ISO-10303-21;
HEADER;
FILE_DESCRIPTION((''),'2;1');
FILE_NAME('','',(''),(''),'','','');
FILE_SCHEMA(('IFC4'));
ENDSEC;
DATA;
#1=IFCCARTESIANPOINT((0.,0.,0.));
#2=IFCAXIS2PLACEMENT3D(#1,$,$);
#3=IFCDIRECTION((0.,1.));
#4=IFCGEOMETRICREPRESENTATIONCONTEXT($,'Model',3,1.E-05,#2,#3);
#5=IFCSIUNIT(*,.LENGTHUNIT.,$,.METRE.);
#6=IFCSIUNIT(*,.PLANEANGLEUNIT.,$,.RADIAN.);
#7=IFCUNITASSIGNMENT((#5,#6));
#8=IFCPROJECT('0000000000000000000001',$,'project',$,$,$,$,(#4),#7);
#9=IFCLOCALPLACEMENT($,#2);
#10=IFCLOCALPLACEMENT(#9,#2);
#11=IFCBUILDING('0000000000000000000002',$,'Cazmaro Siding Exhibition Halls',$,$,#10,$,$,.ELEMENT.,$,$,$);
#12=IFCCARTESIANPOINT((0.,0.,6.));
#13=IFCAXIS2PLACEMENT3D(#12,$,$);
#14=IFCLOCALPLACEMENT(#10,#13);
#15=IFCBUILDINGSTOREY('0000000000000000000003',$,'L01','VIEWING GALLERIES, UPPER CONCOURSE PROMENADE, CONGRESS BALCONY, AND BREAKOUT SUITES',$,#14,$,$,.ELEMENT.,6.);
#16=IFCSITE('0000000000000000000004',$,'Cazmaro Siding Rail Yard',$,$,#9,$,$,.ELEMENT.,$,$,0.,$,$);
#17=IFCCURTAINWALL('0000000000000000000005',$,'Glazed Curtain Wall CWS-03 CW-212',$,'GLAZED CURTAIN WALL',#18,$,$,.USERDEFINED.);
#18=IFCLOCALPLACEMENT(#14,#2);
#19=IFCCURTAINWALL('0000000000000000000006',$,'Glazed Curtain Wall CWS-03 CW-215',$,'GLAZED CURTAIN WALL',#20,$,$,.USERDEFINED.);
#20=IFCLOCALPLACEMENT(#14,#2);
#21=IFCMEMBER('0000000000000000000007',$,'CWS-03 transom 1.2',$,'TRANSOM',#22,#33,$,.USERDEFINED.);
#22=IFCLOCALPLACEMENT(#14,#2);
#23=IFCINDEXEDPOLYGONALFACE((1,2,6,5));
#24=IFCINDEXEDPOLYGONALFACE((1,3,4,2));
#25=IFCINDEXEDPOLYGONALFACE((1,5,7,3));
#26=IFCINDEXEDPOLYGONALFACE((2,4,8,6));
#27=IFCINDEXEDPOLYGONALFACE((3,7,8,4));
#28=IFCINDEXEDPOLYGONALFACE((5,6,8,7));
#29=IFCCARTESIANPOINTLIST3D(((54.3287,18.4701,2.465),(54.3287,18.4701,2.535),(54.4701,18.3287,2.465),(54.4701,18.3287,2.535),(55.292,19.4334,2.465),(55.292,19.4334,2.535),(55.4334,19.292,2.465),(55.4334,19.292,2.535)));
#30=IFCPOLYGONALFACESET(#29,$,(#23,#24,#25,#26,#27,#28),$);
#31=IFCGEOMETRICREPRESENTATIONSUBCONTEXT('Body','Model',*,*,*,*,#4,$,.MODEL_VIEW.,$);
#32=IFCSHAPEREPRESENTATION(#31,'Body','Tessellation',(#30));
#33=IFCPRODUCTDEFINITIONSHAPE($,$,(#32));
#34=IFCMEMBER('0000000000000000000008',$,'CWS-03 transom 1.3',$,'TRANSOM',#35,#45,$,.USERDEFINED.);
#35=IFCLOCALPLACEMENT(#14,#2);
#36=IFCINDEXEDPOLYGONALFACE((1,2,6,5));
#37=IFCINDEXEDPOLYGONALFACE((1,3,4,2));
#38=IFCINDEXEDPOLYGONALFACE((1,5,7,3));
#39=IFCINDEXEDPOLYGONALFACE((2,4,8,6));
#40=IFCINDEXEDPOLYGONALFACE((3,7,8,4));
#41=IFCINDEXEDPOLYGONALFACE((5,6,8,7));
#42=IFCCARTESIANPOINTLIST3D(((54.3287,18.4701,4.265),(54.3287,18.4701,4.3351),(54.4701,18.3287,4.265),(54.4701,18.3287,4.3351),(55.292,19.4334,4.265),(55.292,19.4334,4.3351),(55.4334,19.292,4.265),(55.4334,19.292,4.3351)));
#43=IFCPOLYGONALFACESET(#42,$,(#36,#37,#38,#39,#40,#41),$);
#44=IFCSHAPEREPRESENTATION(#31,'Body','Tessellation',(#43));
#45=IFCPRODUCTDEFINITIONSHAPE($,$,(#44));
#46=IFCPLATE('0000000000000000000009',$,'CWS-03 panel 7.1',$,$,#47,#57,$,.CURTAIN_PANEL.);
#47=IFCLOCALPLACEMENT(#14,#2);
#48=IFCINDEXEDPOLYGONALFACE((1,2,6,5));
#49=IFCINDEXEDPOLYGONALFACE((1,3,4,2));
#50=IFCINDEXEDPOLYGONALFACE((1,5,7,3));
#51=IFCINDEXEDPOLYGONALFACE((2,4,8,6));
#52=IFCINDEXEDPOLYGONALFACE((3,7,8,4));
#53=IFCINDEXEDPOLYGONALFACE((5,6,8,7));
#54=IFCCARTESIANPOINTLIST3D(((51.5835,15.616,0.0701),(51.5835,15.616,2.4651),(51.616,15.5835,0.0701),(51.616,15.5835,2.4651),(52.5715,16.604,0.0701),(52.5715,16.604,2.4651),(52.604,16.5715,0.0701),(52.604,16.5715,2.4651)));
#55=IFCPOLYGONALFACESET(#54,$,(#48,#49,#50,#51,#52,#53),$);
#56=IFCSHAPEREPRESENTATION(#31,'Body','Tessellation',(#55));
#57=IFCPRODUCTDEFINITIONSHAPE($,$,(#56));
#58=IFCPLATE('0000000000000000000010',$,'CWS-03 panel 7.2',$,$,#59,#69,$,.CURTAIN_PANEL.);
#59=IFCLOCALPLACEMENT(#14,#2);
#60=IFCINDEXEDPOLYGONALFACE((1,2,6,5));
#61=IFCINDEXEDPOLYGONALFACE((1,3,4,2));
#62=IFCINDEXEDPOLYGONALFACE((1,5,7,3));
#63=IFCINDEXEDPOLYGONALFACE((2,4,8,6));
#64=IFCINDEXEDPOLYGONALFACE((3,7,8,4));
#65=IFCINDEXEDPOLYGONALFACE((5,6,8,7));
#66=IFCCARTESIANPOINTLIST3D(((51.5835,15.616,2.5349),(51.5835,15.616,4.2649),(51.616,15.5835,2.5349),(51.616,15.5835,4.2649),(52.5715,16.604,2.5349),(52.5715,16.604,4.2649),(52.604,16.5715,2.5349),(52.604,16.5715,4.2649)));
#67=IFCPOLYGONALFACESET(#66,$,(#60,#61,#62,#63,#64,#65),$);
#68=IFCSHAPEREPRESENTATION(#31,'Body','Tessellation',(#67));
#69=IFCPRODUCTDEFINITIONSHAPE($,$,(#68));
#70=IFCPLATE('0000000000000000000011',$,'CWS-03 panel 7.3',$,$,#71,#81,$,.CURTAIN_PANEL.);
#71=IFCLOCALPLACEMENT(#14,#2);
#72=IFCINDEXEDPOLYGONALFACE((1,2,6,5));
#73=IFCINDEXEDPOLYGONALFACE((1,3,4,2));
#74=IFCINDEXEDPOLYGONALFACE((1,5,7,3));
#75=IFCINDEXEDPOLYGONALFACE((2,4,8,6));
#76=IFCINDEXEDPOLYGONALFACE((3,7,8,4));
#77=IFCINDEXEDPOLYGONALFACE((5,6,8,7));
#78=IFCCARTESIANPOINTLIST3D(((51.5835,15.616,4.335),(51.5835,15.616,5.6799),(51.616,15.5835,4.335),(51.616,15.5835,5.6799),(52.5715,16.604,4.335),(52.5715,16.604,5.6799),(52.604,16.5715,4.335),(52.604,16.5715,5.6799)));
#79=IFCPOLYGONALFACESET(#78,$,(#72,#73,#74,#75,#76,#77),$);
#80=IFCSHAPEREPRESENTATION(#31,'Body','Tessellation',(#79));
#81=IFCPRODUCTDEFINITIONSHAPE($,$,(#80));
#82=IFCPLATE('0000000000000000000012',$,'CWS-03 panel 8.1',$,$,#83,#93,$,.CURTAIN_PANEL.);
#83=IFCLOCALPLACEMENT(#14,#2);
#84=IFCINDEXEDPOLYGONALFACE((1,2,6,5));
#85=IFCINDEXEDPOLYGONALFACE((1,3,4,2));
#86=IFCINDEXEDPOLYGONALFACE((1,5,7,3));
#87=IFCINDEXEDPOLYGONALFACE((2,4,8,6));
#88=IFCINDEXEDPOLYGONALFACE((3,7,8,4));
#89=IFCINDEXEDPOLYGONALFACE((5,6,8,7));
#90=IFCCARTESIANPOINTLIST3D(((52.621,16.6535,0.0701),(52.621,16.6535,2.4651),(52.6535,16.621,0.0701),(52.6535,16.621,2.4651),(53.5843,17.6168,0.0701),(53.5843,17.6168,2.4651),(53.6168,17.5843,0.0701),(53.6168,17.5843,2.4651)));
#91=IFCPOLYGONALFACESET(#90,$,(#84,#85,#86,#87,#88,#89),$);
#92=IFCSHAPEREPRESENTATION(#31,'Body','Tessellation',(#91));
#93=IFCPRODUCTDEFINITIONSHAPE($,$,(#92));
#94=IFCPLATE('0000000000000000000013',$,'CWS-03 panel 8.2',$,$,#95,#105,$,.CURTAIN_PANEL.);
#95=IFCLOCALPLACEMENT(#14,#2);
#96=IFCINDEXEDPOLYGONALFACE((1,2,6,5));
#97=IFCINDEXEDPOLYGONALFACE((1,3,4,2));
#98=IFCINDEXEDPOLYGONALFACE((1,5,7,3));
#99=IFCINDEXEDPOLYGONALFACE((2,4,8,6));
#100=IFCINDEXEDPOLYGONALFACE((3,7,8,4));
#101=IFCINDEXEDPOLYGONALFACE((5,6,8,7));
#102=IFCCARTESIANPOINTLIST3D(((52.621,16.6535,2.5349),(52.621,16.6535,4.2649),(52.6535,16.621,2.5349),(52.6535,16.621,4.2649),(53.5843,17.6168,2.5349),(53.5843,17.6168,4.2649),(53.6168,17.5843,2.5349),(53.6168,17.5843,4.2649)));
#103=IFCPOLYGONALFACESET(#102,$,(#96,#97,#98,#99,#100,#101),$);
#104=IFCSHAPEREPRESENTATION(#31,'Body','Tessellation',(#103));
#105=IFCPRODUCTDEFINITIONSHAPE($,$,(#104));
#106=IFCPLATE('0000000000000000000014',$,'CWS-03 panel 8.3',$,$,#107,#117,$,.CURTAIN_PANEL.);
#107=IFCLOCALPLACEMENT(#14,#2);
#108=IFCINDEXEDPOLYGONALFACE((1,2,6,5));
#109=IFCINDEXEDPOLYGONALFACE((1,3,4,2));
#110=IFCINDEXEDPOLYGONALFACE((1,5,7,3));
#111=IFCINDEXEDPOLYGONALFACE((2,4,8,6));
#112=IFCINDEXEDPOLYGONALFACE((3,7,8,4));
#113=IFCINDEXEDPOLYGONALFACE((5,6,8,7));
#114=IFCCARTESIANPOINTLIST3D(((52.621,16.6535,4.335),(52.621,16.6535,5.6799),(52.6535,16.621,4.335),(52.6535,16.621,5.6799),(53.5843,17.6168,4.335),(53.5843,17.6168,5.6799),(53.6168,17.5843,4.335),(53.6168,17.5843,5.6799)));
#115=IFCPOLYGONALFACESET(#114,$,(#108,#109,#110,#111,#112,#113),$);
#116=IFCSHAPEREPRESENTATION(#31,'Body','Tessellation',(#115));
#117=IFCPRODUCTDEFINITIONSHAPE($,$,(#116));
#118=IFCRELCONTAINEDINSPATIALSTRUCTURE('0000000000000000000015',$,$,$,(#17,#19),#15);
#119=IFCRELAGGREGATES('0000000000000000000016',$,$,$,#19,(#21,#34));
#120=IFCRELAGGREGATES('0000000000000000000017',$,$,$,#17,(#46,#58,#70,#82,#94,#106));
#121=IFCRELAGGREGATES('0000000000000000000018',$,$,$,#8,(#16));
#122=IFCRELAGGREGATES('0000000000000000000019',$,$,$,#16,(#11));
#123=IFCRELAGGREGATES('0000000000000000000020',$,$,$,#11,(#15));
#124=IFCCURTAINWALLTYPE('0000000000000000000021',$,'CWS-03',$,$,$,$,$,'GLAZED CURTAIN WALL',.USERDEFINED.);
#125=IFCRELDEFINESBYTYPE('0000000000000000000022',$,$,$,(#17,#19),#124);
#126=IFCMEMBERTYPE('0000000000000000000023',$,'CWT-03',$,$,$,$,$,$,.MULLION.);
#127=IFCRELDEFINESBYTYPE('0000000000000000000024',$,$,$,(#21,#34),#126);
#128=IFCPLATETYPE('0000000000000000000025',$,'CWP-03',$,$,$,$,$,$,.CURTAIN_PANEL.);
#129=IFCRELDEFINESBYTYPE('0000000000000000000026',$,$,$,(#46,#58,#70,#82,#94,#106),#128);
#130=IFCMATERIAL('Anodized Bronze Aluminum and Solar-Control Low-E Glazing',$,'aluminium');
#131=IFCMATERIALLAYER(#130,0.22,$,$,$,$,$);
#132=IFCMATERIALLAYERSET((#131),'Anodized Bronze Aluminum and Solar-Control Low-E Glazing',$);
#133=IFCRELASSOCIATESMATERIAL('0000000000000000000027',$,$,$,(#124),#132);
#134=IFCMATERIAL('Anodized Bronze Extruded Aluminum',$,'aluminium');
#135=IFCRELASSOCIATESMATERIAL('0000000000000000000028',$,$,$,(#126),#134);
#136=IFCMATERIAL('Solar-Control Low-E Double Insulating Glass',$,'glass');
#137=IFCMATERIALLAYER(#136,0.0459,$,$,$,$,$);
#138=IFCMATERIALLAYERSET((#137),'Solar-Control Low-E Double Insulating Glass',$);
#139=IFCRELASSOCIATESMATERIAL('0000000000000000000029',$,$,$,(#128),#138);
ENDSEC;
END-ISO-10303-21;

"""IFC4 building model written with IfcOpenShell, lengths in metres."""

from ifc_helpers import new_model, si_unit, direction, frame, origin, origin_2d, place, context, subcontext, project, spatial, rectangle, extrude, material, layer, layer_set, material_profile, profile_set, type_object, element, aggregate, save


model = new_model("IFC4")

# Units and contexts
model_context = context("Model", 3, precision=1e-05, world=origin(), true_north=direction((0.0, 1.0)))
body_context = subcontext(model_context, "Body", "Model", "MODEL_VIEW")
ifc_project = project(units=[si_unit("LENGTHUNIT", "METRE"), si_unit("PLANEANGLEUNIT", "RADIAN")], contexts=[model_context])

# Site, building, storey
site_placement = place(None, origin())
site = spatial("IfcSite", under=ifc_project, at=site_placement, Name="Cazmaro Siding Rail Yard", CompositionType="ELEMENT", RefElevation=0.0)
building_placement = place(site_placement, origin())
building = spatial("IfcBuilding", under=site, at=building_placement, Name="Cazmaro Siding Exhibition Halls", CompositionType="ELEMENT")
storey_placement = place(building_placement, frame((0.0, 0.0, 6.0)))
storey = spatial("IfcBuildingStorey", under=building, at=storey_placement, Name="L01", Description="VIEWING GALLERIES, UPPER CONCOURSE PROMENADE, CONGRESS BALCONY, AND BREAKOUT SUITES", CompositionType="ELEMENT", Elevation=6.0)

# Curtain wall
ifc_material_1 = material(Name="Anodized Bronze Aluminum and Solar-Control Low-E Glazing", Category="aluminium")
ifc_layer_1 = layer(ifc_material_1, 0.22)
ifc_layer_set_1 = layer_set([ifc_layer_1], Name="Anodized Bronze Aluminum and Solar-Control Low-E Glazing")
curtain_wall_type = type_object("IfcCurtainWallType", Name="CWS-03", ElementType="GLAZED CURTAIN WALL", PredefinedType="USERDEFINED", material=ifc_layer_set_1)
curtain_wall_1_placement = place(storey_placement, origin())
curtain_wall_1 = element("IfcCurtainWall", 1, at=curtain_wall_1_placement, inside=storey, type_object=curtain_wall_type, Name="Glazed Curtain Wall CWS-03 CW-212", ObjectType="GLAZED CURTAIN WALL", PredefinedType="USERDEFINED")

# Curtain wall
curtain_wall_2_placement = place(storey_placement, origin())
curtain_wall_2 = element("IfcCurtainWall", 2, at=curtain_wall_2_placement, inside=storey, type_object=curtain_wall_type, Name="Glazed Curtain Wall CWS-03 CW-215", ObjectType="GLAZED CURTAIN WALL", PredefinedType="USERDEFINED")

# Members
ifc_material_2 = material(Name="Anodized Bronze Extruded Aluminum", Category="aluminium")
ifc_material_profile_1 = material_profile(ifc_material_2, rectangle(XDim=0.2, YDim=0.0701, at=origin_2d()), Name="CWT-03")
ifc_profile_set_1 = profile_set([ifc_material_profile_1], Name="Anodized Bronze Extruded Aluminum")
member_type_1 = type_object("IfcMemberType", Name="CWT-03", PredefinedType="MULLION", material=ifc_profile_set_1)
member_1_placement = place(storey_placement, frame((54.3994, 18.3994, 2.5), z_axis=(0.707107, 0.707107, 0.0), x_axis=(-0.707107, 0.707107, 0.0)))
member_1 = element("IfcMember", 3, at=member_1_placement, type_object=member_type_1, Name="CWS-03 transom 1.2", ObjectType="TRANSOM", PredefinedType="USERDEFINED", context=body_context, shape_type="SweptSolid", body=[
    extrude(rectangle(XDim=0.2, YDim=0.0701, at=origin_2d()), origin(), (0.0, 0.0, 1.0), 1.3623),
])
member_2_placement = place(storey_placement, frame((54.3994, 18.3994, 4.3), z_axis=(0.707107, 0.707107, 0.0), x_axis=(-0.707107, 0.707107, 0.0)))
member_2 = element("IfcMember", 4, at=member_2_placement, type_object=member_type_1, Name="CWS-03 transom 1.3", ObjectType="TRANSOM", PredefinedType="USERDEFINED", context=body_context, shape_type="SweptSolid", body=[
    extrude(rectangle(XDim=0.2, YDim=0.0701, at=origin_2d()), origin(), (0.0, 0.0, 1.0), 1.3623),
])
aggregate(curtain_wall_2, [member_1, member_2])

# Plates
ifc_material_3 = material(Name="Solar-Control Low-E Double Insulating Glass", Category="glass")
ifc_layer_2 = layer(ifc_material_3, 0.0459)
ifc_layer_set_2 = layer_set([ifc_layer_2], Name="Solar-Control Low-E Double Insulating Glass")
plate_type = type_object("IfcPlateType", Name="CWP-03", PredefinedType="CURTAIN_PANEL", material=ifc_layer_set_2)
plate_1_placement = place(storey_placement, frame((52.0938, 16.0938, 0.0701), z_axis=(0.0, 0.0, 1.0), x_axis=(0.707107, 0.707107, 0.0)))
plate_1 = element("IfcPlate", 5, at=plate_1_placement, type_object=plate_type, Name="CWS-03 panel 7.1", PredefinedType="CURTAIN_PANEL", context=body_context, shape_type="SweptSolid", body=[
    extrude(rectangle(XDim=1.3972, YDim=0.0459, at=origin_2d()), origin(), (0.0, 0.0, 1.0), 2.395),
])
plate_2_placement = place(storey_placement, frame((52.0938, 16.0938, 2.5349), z_axis=(0.0, 0.0, 1.0), x_axis=(0.707107, 0.707107, 0.0)))
plate_2 = element("IfcPlate", 6, at=plate_2_placement, type_object=plate_type, Name="CWS-03 panel 7.2", PredefinedType="CURTAIN_PANEL", context=body_context, shape_type="SweptSolid", body=[
    extrude(rectangle(XDim=1.3972, YDim=0.0459, at=origin_2d()), origin(), (0.0, 0.0, 1.0), 1.73),
])
plate_3_placement = place(storey_placement, frame((52.0938, 16.0938, 4.335), z_axis=(0.0, 0.0, 1.0), x_axis=(0.707107, 0.707107, 0.0)))
plate_3 = element("IfcPlate", 7, at=plate_3_placement, type_object=plate_type, Name="CWS-03 panel 7.3", PredefinedType="CURTAIN_PANEL", context=body_context, shape_type="SweptSolid", body=[
    extrude(rectangle(XDim=1.3972, YDim=0.0459, at=origin_2d()), origin(), (0.0, 0.0, 1.0), 1.345),
])
plate_4_placement = place(storey_placement, frame((53.1189, 17.1189, 0.0701), z_axis=(0.0, 0.0, 1.0), x_axis=(0.707107, 0.707107, 0.0)))
plate_4 = element("IfcPlate", 8, at=plate_4_placement, type_object=plate_type, Name="CWS-03 panel 8.1", PredefinedType="CURTAIN_PANEL", context=body_context, shape_type="SweptSolid", body=[
    extrude(rectangle(XDim=1.3623, YDim=0.0459, at=origin_2d()), origin(), (0.0, 0.0, 1.0), 2.395),
])
plate_5_placement = place(storey_placement, frame((53.1189, 17.1189, 2.5349), z_axis=(0.0, 0.0, 1.0), x_axis=(0.707107, 0.707107, 0.0)))
plate_5 = element("IfcPlate", 9, at=plate_5_placement, type_object=plate_type, Name="CWS-03 panel 8.2", PredefinedType="CURTAIN_PANEL", context=body_context, shape_type="SweptSolid", body=[
    extrude(rectangle(XDim=1.3623, YDim=0.0459, at=origin_2d()), origin(), (0.0, 0.0, 1.0), 1.73),
])
plate_6_placement = place(storey_placement, frame((53.1189, 17.1189, 4.335), z_axis=(0.0, 0.0, 1.0), x_axis=(0.707107, 0.707107, 0.0)))
plate_6 = element("IfcPlate", 10, at=plate_6_placement, type_object=plate_type, Name="CWS-03 panel 8.3", PredefinedType="CURTAIN_PANEL", context=body_context, shape_type="SweptSolid", body=[
    extrude(rectangle(XDim=1.3623, YDim=0.0459, at=origin_2d()), origin(), (0.0, 0.0, 1.0), 1.345),
])
aggregate(curtain_wall_1, [plate_1, plate_2, plate_3, plate_4, plate_5, plate_6])

save(model, "model.ifc")
